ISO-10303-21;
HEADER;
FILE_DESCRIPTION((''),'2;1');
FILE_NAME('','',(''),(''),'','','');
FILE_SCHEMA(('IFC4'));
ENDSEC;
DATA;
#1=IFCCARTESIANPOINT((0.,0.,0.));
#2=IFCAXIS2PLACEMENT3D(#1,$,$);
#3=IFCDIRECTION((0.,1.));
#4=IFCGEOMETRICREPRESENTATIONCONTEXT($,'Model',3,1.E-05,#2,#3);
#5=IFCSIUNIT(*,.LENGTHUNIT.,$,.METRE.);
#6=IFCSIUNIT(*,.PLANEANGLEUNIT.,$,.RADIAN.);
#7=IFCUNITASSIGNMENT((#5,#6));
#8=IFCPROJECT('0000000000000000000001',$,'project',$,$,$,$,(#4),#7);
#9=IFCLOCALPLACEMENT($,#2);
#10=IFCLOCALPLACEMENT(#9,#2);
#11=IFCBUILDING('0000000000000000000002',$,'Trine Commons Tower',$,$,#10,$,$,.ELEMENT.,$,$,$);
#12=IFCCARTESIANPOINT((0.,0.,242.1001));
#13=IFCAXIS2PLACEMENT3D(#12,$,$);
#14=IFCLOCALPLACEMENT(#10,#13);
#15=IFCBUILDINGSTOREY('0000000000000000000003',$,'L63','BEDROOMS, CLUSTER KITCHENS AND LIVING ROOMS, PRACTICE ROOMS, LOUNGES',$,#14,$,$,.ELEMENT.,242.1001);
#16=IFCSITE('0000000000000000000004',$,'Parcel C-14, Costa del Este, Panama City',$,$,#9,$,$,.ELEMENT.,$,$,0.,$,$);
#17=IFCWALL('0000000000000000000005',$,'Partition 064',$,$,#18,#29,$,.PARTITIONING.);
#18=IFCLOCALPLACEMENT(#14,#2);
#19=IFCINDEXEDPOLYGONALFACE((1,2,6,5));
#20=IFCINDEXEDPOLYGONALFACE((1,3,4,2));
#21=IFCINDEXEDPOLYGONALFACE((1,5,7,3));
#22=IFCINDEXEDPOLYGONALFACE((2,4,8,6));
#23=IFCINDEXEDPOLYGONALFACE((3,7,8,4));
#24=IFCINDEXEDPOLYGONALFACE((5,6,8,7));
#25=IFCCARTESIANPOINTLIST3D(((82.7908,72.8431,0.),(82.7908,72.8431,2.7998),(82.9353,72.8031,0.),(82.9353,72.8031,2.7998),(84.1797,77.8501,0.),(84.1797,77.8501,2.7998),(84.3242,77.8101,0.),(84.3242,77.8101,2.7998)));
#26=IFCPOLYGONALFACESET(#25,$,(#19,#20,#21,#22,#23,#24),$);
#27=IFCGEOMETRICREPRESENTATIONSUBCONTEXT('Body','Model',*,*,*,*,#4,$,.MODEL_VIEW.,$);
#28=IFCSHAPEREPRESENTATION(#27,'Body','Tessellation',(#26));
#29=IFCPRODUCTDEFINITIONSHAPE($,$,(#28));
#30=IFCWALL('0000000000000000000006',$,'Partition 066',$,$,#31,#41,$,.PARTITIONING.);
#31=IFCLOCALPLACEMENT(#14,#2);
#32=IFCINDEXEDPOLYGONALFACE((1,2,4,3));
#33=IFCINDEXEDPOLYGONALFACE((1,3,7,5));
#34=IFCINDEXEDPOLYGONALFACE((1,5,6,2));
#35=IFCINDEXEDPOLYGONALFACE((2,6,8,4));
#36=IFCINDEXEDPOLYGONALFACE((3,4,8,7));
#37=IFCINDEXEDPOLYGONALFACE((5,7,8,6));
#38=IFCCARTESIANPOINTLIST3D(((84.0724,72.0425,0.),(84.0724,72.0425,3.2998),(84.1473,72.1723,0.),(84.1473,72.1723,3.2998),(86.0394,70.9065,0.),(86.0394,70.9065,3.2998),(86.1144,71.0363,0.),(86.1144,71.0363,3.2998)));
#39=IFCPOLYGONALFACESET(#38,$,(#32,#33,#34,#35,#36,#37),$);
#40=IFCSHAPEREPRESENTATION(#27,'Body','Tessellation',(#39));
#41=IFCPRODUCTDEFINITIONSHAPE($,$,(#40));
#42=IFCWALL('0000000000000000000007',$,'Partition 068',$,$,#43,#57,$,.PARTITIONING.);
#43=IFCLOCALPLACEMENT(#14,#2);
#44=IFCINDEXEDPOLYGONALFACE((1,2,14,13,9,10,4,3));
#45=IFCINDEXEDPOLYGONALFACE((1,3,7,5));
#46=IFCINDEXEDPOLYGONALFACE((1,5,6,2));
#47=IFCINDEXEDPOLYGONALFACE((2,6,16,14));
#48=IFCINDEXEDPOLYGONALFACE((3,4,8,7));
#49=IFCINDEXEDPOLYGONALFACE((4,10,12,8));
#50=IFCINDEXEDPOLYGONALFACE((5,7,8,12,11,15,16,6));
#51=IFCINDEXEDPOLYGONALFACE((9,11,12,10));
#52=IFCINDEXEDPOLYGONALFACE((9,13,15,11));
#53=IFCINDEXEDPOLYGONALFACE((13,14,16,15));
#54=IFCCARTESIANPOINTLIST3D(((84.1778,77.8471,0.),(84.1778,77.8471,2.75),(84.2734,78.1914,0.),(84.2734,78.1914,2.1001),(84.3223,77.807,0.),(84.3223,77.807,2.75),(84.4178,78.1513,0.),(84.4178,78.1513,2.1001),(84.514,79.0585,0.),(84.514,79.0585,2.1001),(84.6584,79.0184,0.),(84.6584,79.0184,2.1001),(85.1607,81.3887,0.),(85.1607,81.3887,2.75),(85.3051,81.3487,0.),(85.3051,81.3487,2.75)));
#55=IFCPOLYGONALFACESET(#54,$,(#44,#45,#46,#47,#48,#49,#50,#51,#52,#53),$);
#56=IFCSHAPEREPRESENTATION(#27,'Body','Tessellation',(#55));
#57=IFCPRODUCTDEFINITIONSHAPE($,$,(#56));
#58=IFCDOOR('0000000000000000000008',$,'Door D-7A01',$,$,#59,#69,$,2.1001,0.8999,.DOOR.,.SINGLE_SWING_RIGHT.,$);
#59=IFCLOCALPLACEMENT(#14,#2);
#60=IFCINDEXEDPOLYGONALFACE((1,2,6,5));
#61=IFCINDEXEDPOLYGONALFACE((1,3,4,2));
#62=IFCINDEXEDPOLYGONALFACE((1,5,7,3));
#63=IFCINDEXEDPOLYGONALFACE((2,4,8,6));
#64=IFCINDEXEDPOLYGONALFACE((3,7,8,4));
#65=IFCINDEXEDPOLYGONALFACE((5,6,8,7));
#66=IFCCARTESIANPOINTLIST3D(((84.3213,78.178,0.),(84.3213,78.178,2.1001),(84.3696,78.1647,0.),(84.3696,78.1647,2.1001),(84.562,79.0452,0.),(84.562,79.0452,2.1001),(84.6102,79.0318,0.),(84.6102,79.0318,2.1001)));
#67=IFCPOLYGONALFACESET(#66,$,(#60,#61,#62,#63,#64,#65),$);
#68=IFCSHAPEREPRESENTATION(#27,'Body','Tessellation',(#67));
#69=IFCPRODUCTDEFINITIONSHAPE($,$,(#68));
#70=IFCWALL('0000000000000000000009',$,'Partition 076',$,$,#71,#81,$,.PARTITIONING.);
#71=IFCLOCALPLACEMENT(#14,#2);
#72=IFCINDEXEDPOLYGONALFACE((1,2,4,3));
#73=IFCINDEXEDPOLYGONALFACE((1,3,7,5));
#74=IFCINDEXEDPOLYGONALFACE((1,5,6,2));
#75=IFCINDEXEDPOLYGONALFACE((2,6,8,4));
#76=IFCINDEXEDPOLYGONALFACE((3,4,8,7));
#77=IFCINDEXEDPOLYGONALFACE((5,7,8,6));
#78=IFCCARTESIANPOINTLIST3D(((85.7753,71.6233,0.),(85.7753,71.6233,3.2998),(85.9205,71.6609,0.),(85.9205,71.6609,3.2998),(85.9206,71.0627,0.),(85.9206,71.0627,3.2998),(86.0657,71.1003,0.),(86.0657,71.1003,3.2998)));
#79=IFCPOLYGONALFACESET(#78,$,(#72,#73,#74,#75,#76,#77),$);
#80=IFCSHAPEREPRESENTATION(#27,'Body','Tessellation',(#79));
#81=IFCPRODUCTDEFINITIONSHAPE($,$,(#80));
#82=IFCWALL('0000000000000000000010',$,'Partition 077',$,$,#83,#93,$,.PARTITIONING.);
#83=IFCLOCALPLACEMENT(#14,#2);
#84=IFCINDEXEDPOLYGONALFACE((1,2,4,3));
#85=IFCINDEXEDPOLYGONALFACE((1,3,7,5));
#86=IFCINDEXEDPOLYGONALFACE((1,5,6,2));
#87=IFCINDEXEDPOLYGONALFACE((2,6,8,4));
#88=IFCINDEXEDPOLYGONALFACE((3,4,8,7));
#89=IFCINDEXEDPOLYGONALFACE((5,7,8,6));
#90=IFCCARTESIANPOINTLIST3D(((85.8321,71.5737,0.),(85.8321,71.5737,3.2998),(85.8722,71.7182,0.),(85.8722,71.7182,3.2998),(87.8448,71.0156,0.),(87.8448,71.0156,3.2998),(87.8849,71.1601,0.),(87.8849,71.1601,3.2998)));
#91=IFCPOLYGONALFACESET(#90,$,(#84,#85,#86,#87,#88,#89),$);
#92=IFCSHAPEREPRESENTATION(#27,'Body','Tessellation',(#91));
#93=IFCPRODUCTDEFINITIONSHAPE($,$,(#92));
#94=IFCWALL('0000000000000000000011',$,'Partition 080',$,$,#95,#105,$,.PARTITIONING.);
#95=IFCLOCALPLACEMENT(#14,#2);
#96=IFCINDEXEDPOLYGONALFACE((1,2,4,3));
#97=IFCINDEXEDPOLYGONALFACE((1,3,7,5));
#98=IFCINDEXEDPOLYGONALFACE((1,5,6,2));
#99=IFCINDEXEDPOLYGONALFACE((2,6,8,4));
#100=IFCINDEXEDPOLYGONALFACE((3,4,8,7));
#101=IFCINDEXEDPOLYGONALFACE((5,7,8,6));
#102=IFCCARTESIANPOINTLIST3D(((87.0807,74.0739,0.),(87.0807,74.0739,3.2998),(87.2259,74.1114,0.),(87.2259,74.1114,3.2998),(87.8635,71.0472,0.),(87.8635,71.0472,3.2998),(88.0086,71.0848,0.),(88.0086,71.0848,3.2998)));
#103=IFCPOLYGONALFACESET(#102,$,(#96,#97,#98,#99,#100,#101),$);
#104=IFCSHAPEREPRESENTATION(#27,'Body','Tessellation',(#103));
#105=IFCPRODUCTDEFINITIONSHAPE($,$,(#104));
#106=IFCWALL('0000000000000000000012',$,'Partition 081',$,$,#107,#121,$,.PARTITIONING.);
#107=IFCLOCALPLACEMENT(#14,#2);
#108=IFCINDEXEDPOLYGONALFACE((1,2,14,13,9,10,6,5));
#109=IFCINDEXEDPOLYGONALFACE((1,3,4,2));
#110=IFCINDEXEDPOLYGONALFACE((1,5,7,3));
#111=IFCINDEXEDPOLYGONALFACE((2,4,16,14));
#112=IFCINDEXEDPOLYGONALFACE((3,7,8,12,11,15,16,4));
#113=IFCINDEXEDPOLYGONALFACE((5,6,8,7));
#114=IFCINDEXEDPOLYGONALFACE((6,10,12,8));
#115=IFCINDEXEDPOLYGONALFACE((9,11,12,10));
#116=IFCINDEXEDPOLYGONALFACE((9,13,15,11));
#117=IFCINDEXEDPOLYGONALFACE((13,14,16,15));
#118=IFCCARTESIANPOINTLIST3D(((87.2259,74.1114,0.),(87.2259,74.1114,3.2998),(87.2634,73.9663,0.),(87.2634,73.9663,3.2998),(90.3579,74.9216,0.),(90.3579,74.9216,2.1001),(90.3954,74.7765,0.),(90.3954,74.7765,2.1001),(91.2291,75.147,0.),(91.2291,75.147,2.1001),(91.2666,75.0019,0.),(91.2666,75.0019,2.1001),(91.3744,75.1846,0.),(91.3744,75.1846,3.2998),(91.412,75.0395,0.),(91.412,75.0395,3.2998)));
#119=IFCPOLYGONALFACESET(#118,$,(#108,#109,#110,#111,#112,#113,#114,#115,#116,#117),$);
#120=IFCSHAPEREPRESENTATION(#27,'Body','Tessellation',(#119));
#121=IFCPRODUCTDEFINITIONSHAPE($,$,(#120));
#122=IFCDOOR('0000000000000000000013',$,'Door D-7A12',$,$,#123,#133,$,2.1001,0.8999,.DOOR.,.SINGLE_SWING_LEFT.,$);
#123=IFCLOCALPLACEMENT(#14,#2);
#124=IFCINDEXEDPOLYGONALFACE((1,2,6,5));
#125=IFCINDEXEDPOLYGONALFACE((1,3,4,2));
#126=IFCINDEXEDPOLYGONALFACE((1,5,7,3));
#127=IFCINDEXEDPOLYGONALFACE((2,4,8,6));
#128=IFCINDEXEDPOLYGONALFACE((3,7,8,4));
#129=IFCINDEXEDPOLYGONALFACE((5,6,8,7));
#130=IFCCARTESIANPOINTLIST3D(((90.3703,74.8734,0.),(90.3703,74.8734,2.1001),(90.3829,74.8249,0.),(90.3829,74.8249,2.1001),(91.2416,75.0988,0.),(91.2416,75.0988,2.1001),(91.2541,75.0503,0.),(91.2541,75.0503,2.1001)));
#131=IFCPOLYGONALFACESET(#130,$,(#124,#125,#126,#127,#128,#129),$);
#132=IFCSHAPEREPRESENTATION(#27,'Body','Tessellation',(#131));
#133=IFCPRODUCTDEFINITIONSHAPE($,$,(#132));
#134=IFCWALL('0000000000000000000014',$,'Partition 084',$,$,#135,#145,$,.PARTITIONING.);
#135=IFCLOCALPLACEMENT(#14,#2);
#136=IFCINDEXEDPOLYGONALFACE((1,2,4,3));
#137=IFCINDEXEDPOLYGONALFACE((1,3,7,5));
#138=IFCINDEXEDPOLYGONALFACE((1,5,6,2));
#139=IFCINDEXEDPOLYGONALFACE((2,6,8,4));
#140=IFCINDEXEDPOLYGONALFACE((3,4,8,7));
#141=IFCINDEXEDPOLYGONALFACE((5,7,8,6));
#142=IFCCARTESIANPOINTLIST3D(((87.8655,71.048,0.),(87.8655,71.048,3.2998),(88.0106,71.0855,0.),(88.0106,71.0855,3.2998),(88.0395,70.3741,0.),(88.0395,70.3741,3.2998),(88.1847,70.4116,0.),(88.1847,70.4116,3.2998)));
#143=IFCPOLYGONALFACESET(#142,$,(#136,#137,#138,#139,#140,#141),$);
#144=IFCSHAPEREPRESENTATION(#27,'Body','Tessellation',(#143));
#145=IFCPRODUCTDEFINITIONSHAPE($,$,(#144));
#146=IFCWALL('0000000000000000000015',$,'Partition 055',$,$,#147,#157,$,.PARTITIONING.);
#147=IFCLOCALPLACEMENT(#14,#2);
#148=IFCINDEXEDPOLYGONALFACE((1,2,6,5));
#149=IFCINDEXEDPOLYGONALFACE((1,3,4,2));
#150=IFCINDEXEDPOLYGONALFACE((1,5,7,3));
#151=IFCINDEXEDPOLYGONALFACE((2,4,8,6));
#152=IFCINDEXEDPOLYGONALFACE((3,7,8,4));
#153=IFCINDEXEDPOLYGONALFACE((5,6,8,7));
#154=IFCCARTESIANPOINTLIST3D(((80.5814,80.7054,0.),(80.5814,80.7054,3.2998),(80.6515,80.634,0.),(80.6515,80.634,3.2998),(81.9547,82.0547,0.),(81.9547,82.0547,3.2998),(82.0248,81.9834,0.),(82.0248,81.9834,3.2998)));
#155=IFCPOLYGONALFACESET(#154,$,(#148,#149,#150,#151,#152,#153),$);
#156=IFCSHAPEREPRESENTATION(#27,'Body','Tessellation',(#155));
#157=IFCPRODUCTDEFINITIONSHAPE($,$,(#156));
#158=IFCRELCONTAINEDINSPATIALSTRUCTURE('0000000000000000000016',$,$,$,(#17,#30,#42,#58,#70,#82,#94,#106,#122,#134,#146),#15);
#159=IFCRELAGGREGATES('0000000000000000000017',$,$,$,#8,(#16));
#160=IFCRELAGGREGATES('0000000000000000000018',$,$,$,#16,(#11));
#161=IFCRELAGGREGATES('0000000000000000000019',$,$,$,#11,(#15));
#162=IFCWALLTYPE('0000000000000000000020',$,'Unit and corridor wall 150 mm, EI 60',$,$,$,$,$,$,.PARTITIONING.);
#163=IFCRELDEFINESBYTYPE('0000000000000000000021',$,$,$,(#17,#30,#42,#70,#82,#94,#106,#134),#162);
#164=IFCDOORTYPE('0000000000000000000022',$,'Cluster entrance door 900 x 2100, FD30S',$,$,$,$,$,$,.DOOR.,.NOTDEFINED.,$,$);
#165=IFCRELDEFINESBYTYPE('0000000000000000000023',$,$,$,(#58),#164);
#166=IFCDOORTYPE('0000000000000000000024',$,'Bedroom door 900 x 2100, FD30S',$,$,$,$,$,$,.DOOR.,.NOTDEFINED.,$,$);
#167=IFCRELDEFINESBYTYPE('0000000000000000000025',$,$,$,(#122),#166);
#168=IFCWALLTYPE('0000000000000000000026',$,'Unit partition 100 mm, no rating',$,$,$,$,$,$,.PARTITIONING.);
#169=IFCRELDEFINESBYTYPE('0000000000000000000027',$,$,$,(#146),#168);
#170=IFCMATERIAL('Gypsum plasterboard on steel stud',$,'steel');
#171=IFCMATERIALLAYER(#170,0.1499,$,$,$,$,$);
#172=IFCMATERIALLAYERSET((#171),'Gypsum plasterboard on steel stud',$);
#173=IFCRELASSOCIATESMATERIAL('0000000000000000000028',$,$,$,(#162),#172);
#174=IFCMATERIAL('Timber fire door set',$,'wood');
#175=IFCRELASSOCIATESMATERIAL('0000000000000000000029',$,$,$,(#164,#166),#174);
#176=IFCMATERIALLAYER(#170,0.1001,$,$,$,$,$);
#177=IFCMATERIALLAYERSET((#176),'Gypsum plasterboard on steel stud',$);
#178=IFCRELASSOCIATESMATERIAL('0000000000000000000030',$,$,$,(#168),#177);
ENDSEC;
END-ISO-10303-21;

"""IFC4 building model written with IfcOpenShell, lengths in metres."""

from ifc_helpers import new_model, si_unit, direction, frame, frame_2d, origin, place, context, subcontext, project, spatial, rectangle, extrude, material, layer, layer_set, type_object, element, fill, save


model = new_model("IFC4")

# Units and contexts
model_context = context("Model", 3, precision=1e-05, world=origin(), true_north=direction((0.0, 1.0)))
body_context = subcontext(model_context, "Body", "Model", "MODEL_VIEW")
ifc_project = project(units=[si_unit("LENGTHUNIT", "METRE"), si_unit("PLANEANGLEUNIT", "RADIAN")], contexts=[model_context])

# Site, building, storey
site_placement = place(None, origin())
site = spatial("IfcSite", under=ifc_project, at=site_placement, Name="Parcel C-14, Costa del Este, Panama City", CompositionType="ELEMENT", RefElevation=0.0)
building_placement = place(site_placement, origin())
building = spatial("IfcBuilding", under=site, at=building_placement, Name="Trine Commons Tower", CompositionType="ELEMENT")
storey_placement = place(building_placement, frame((0.0, 0.0, 242.1001)))
storey = spatial("IfcBuildingStorey", under=building, at=storey_placement, Name="L63", Description="BEDROOMS, CLUSTER KITCHENS AND LIVING ROOMS, PRACTICE ROOMS, LOUNGES", CompositionType="ELEMENT", Elevation=242.1001)

# Walls
ifc_material_1 = material(Name="Gypsum plasterboard on steel stud", Category="steel")
ifc_layer_1 = layer(ifc_material_1, 0.1499)
ifc_layer_set_1 = layer_set([ifc_layer_1], Name="Gypsum plasterboard on steel stud")
wall_type_1 = type_object("IfcWallType", Name="Unit and corridor wall 150 mm, EI 60", PredefinedType="PARTITIONING", material=ifc_layer_set_1)
wall_1_placement = place(storey_placement, frame((82.863, 72.823, 0.0), z_axis=(0.0, 0.0, 1.0), x_axis=(0.267297, 0.963614, 0.0)))
element("IfcWall", 1, at=wall_1_placement, inside=storey, type_object=wall_type_1, Name="Partition 064", PredefinedType="PARTITIONING", context=body_context, shape_type="SweptSolid", body=[
    extrude(rectangle(XDim=5.196, YDim=0.1499, at=frame_2d((2.5981, 0.0))), origin(), (0.0, 0.0, 1.0), 2.7998),
])
wall_2_placement = place(storey_placement, frame((84.1099, 72.1074, 0.0), z_axis=(0.0, 0.0, 1.0), x_axis=(0.865965, -0.500104, 0.0)))
element("IfcWall", 2, at=wall_2_placement, inside=storey, type_object=wall_type_1, Name="Partition 066", PredefinedType="PARTITIONING", context=body_context, shape_type="SweptSolid", body=[
    extrude(rectangle(XDim=2.2715, YDim=0.1499, at=frame_2d((1.1357, 0.0))), origin(), (0.0, 0.0, 1.0), 3.2998),
])

# Wall, opening, door
wall_3_placement = place(storey_placement, frame((84.25, 77.8269, 0.0), z_axis=(0.0, 0.0, 1.0), x_axis=(0.267414, 0.963582, 0.0)))
wall_3 = element("IfcWall", 3, at=wall_3_placement, inside=storey, type_object=wall_type_1, Name="Partition 068", PredefinedType="PARTITIONING", context=body_context, shape_type="SweptSolid", body=[
    extrude(rectangle(XDim=3.6755, YDim=0.1499, at=frame_2d((1.8379, 0.0))), origin(), (0.0, 0.0, 1.0), 2.75),
])
opening_1_placement = place(wall_3_placement, frame((0.3574, 0.0, 0.0)))
opening_1 = element("IfcOpeningElement", 4, at=opening_1_placement, cuts=wall_3, PredefinedType="OPENING", context=body_context, shape_type="SweptSolid", body=[
    extrude(rectangle(XDim=0.8999, YDim=2.1001, at=frame_2d((0.45, 1.05))), frame((0.0, 0.085, 0.0), z_axis=(0.0, -1.0, 0.0), x_axis=(1.0, 0.0, 0.0)), (0.0, 0.0, 1.0), 0.1699),
])
ifc_material_2 = material(Name="Timber fire door set", Category="wood")
door_type_1 = type_object("IfcDoorType", Name="Cluster entrance door 900 x 2100, FD30S", OperationType="NOTDEFINED", PredefinedType="DOOR", material=ifc_material_2)
door_1_placement = place(opening_1_placement, frame((0.8999, 0.0, 0.0), z_axis=(0.0, 0.0, 1.0), x_axis=(-1.0, 0.0, 0.0)))
door_1 = element("IfcDoor", 5, at=door_1_placement, inside=storey, type_object=door_type_1, Name="Door D-7A01", OperationType="SINGLE_SWING_RIGHT", OverallHeight=2.1001, OverallWidth=0.8999, PredefinedType="DOOR", context=body_context, shape_type="SweptSolid", body=[
    extrude(rectangle(XDim=0.8999, YDim=2.1001, at=frame_2d((0.45, 1.05))), frame((0.0, 0.0249, 0.0), z_axis=(0.0, -1.0, 0.0), x_axis=(1.0, 0.0, 0.0)), (0.0, 0.0, 1.0), 0.05),
])
fill(opening_1, door_1)

# Walls
wall_4_placement = place(storey_placement, frame((85.8479, 71.6421, 0.0), z_axis=(0.0, 0.0, 1.0), x_axis=(0.25086, -0.968023, 0.0)))
element("IfcWall", 6, at=wall_4_placement, inside=storey, type_object=wall_type_1, Name="Partition 076", PredefinedType="PARTITIONING", context=body_context, shape_type="SweptSolid", body=[
    extrude(rectangle(XDim=0.5791, YDim=0.1499, at=frame_2d((0.2896, 0.0))), origin(), (0.0, 0.0, 1.0), 3.2998),
])
wall_5_placement = place(storey_placement, frame((85.8521, 71.646, 0.0), z_axis=(0.0, 0.0, 1.0), x_axis=(0.963638, -0.26721, 0.0)))
element("IfcWall", 7, at=wall_5_placement, inside=storey, type_object=wall_type_1, Name="Partition 077", PredefinedType="PARTITIONING", context=body_context, shape_type="SweptSolid", body=[
    extrude(rectangle(XDim=2.0886, YDim=0.1499, at=frame_2d((1.0444, 0.0))), origin(), (0.0, 0.0, 1.0), 3.2998),
])
wall_6_placement = place(storey_placement, frame((87.1533, 74.0925, 0.0), z_axis=(0.0, 0.0, 1.0), x_axis=(0.250374, -0.968149, 0.0)))
element("IfcWall", 8, at=wall_6_placement, inside=storey, type_object=wall_type_1, Name="Partition 080", PredefinedType="PARTITIONING", context=body_context, shape_type="SweptSolid", body=[
    extrude(rectangle(XDim=3.1262, YDim=0.1499, at=frame_2d((1.563, 0.0))), origin(), (0.0, 0.0, 1.0), 3.2998),
])

# Wall, opening, door
wall_7_placement = place(storey_placement, frame((87.2446, 74.0388, 0.0), z_axis=(0.0, 0.0, 1.0), x_axis=(0.96813, 0.25045, 0.0)))
wall_7 = element("IfcWall", 9, at=wall_7_placement, inside=storey, type_object=wall_type_1, Name="Partition 081", PredefinedType="PARTITIONING", context=body_context, shape_type="SweptSolid", body=[
    extrude(rectangle(XDim=4.2852, YDim=0.1499, at=frame_2d((2.1426, 0.0))), origin(), (0.0, 0.0, 1.0), 3.2998),
])
opening_2_placement = place(wall_7_placement, frame((3.2351, 0.0, 0.0)))
opening_2 = element("IfcOpeningElement", 10, at=opening_2_placement, cuts=wall_7, PredefinedType="OPENING", context=body_context, shape_type="SweptSolid", body=[
    extrude(rectangle(XDim=0.8999, YDim=2.1001, at=frame_2d((0.45, 1.05))), frame((0.0, 0.085, 0.0), z_axis=(0.0, -1.0, 0.0), x_axis=(1.0, 0.0, 0.0)), (0.0, 0.0, 1.0), 0.1699),
])
door_type_2 = type_object("IfcDoorType", Name="Bedroom door 900 x 2100, FD30S", OperationType="NOTDEFINED", PredefinedType="DOOR", material=ifc_material_2)
door_2_placement = place(opening_2_placement, frame((0.8999, 0.0, 0.0), z_axis=(0.0, 0.0, 1.0), x_axis=(-1.0, 0.0, 0.0)))
door_2 = element("IfcDoor", 11, at=door_2_placement, inside=storey, type_object=door_type_2, Name="Door D-7A12", OperationType="SINGLE_SWING_LEFT", OverallHeight=2.1001, OverallWidth=0.8999, PredefinedType="DOOR", context=body_context, shape_type="SweptSolid", body=[
    extrude(rectangle(XDim=0.8999, YDim=2.1001, at=frame_2d((0.45, 1.05))), frame((0.0, 0.0249, 0.0), z_axis=(0.0, -1.0, 0.0), x_axis=(1.0, 0.0, 0.0)), (0.0, 0.0, 1.0), 0.05),
])
fill(opening_2, door_2)

# Walls
wall_8_placement = place(storey_placement, frame((87.938, 71.0669, 0.0), z_axis=(0.0, 0.0, 1.0), x_axis=(0.250122, -0.968214, 0.0)))
element("IfcWall", 12, at=wall_8_placement, inside=storey, type_object=wall_type_1, Name="Partition 084", PredefinedType="PARTITIONING", context=body_context, shape_type="SweptSolid", body=[
    extrude(rectangle(XDim=0.696, YDim=0.1499, at=frame_2d((0.3481, 0.0))), origin(), (0.0, 0.0, 1.0), 3.2998),
])
ifc_layer_2 = layer(ifc_material_1, 0.1001)
ifc_layer_set_2 = layer_set([ifc_layer_2], Name="Gypsum plasterboard on steel stud")
wall_type_2 = type_object("IfcWallType", Name="Unit partition 100 mm, no rating", PredefinedType="PARTITIONING", material=ifc_layer_set_2)
wall_9_placement = place(storey_placement, frame((80.6165, 80.6697, 0.0), z_axis=(0.0, 0.0, 1.0), x_axis=(0.713293, 0.700866, 0.0)))
element("IfcWall", 13, at=wall_9_placement, inside=storey, type_object=wall_type_2, Name="Partition 055", PredefinedType="PARTITIONING", context=body_context, shape_type="SweptSolid", body=[
    extrude(rectangle(XDim=1.9253, YDim=0.1001, at=frame_2d((0.9626, 0.0))), origin(), (0.0, 0.0, 1.0), 3.2998),
])

save(model, "model.ifc")
